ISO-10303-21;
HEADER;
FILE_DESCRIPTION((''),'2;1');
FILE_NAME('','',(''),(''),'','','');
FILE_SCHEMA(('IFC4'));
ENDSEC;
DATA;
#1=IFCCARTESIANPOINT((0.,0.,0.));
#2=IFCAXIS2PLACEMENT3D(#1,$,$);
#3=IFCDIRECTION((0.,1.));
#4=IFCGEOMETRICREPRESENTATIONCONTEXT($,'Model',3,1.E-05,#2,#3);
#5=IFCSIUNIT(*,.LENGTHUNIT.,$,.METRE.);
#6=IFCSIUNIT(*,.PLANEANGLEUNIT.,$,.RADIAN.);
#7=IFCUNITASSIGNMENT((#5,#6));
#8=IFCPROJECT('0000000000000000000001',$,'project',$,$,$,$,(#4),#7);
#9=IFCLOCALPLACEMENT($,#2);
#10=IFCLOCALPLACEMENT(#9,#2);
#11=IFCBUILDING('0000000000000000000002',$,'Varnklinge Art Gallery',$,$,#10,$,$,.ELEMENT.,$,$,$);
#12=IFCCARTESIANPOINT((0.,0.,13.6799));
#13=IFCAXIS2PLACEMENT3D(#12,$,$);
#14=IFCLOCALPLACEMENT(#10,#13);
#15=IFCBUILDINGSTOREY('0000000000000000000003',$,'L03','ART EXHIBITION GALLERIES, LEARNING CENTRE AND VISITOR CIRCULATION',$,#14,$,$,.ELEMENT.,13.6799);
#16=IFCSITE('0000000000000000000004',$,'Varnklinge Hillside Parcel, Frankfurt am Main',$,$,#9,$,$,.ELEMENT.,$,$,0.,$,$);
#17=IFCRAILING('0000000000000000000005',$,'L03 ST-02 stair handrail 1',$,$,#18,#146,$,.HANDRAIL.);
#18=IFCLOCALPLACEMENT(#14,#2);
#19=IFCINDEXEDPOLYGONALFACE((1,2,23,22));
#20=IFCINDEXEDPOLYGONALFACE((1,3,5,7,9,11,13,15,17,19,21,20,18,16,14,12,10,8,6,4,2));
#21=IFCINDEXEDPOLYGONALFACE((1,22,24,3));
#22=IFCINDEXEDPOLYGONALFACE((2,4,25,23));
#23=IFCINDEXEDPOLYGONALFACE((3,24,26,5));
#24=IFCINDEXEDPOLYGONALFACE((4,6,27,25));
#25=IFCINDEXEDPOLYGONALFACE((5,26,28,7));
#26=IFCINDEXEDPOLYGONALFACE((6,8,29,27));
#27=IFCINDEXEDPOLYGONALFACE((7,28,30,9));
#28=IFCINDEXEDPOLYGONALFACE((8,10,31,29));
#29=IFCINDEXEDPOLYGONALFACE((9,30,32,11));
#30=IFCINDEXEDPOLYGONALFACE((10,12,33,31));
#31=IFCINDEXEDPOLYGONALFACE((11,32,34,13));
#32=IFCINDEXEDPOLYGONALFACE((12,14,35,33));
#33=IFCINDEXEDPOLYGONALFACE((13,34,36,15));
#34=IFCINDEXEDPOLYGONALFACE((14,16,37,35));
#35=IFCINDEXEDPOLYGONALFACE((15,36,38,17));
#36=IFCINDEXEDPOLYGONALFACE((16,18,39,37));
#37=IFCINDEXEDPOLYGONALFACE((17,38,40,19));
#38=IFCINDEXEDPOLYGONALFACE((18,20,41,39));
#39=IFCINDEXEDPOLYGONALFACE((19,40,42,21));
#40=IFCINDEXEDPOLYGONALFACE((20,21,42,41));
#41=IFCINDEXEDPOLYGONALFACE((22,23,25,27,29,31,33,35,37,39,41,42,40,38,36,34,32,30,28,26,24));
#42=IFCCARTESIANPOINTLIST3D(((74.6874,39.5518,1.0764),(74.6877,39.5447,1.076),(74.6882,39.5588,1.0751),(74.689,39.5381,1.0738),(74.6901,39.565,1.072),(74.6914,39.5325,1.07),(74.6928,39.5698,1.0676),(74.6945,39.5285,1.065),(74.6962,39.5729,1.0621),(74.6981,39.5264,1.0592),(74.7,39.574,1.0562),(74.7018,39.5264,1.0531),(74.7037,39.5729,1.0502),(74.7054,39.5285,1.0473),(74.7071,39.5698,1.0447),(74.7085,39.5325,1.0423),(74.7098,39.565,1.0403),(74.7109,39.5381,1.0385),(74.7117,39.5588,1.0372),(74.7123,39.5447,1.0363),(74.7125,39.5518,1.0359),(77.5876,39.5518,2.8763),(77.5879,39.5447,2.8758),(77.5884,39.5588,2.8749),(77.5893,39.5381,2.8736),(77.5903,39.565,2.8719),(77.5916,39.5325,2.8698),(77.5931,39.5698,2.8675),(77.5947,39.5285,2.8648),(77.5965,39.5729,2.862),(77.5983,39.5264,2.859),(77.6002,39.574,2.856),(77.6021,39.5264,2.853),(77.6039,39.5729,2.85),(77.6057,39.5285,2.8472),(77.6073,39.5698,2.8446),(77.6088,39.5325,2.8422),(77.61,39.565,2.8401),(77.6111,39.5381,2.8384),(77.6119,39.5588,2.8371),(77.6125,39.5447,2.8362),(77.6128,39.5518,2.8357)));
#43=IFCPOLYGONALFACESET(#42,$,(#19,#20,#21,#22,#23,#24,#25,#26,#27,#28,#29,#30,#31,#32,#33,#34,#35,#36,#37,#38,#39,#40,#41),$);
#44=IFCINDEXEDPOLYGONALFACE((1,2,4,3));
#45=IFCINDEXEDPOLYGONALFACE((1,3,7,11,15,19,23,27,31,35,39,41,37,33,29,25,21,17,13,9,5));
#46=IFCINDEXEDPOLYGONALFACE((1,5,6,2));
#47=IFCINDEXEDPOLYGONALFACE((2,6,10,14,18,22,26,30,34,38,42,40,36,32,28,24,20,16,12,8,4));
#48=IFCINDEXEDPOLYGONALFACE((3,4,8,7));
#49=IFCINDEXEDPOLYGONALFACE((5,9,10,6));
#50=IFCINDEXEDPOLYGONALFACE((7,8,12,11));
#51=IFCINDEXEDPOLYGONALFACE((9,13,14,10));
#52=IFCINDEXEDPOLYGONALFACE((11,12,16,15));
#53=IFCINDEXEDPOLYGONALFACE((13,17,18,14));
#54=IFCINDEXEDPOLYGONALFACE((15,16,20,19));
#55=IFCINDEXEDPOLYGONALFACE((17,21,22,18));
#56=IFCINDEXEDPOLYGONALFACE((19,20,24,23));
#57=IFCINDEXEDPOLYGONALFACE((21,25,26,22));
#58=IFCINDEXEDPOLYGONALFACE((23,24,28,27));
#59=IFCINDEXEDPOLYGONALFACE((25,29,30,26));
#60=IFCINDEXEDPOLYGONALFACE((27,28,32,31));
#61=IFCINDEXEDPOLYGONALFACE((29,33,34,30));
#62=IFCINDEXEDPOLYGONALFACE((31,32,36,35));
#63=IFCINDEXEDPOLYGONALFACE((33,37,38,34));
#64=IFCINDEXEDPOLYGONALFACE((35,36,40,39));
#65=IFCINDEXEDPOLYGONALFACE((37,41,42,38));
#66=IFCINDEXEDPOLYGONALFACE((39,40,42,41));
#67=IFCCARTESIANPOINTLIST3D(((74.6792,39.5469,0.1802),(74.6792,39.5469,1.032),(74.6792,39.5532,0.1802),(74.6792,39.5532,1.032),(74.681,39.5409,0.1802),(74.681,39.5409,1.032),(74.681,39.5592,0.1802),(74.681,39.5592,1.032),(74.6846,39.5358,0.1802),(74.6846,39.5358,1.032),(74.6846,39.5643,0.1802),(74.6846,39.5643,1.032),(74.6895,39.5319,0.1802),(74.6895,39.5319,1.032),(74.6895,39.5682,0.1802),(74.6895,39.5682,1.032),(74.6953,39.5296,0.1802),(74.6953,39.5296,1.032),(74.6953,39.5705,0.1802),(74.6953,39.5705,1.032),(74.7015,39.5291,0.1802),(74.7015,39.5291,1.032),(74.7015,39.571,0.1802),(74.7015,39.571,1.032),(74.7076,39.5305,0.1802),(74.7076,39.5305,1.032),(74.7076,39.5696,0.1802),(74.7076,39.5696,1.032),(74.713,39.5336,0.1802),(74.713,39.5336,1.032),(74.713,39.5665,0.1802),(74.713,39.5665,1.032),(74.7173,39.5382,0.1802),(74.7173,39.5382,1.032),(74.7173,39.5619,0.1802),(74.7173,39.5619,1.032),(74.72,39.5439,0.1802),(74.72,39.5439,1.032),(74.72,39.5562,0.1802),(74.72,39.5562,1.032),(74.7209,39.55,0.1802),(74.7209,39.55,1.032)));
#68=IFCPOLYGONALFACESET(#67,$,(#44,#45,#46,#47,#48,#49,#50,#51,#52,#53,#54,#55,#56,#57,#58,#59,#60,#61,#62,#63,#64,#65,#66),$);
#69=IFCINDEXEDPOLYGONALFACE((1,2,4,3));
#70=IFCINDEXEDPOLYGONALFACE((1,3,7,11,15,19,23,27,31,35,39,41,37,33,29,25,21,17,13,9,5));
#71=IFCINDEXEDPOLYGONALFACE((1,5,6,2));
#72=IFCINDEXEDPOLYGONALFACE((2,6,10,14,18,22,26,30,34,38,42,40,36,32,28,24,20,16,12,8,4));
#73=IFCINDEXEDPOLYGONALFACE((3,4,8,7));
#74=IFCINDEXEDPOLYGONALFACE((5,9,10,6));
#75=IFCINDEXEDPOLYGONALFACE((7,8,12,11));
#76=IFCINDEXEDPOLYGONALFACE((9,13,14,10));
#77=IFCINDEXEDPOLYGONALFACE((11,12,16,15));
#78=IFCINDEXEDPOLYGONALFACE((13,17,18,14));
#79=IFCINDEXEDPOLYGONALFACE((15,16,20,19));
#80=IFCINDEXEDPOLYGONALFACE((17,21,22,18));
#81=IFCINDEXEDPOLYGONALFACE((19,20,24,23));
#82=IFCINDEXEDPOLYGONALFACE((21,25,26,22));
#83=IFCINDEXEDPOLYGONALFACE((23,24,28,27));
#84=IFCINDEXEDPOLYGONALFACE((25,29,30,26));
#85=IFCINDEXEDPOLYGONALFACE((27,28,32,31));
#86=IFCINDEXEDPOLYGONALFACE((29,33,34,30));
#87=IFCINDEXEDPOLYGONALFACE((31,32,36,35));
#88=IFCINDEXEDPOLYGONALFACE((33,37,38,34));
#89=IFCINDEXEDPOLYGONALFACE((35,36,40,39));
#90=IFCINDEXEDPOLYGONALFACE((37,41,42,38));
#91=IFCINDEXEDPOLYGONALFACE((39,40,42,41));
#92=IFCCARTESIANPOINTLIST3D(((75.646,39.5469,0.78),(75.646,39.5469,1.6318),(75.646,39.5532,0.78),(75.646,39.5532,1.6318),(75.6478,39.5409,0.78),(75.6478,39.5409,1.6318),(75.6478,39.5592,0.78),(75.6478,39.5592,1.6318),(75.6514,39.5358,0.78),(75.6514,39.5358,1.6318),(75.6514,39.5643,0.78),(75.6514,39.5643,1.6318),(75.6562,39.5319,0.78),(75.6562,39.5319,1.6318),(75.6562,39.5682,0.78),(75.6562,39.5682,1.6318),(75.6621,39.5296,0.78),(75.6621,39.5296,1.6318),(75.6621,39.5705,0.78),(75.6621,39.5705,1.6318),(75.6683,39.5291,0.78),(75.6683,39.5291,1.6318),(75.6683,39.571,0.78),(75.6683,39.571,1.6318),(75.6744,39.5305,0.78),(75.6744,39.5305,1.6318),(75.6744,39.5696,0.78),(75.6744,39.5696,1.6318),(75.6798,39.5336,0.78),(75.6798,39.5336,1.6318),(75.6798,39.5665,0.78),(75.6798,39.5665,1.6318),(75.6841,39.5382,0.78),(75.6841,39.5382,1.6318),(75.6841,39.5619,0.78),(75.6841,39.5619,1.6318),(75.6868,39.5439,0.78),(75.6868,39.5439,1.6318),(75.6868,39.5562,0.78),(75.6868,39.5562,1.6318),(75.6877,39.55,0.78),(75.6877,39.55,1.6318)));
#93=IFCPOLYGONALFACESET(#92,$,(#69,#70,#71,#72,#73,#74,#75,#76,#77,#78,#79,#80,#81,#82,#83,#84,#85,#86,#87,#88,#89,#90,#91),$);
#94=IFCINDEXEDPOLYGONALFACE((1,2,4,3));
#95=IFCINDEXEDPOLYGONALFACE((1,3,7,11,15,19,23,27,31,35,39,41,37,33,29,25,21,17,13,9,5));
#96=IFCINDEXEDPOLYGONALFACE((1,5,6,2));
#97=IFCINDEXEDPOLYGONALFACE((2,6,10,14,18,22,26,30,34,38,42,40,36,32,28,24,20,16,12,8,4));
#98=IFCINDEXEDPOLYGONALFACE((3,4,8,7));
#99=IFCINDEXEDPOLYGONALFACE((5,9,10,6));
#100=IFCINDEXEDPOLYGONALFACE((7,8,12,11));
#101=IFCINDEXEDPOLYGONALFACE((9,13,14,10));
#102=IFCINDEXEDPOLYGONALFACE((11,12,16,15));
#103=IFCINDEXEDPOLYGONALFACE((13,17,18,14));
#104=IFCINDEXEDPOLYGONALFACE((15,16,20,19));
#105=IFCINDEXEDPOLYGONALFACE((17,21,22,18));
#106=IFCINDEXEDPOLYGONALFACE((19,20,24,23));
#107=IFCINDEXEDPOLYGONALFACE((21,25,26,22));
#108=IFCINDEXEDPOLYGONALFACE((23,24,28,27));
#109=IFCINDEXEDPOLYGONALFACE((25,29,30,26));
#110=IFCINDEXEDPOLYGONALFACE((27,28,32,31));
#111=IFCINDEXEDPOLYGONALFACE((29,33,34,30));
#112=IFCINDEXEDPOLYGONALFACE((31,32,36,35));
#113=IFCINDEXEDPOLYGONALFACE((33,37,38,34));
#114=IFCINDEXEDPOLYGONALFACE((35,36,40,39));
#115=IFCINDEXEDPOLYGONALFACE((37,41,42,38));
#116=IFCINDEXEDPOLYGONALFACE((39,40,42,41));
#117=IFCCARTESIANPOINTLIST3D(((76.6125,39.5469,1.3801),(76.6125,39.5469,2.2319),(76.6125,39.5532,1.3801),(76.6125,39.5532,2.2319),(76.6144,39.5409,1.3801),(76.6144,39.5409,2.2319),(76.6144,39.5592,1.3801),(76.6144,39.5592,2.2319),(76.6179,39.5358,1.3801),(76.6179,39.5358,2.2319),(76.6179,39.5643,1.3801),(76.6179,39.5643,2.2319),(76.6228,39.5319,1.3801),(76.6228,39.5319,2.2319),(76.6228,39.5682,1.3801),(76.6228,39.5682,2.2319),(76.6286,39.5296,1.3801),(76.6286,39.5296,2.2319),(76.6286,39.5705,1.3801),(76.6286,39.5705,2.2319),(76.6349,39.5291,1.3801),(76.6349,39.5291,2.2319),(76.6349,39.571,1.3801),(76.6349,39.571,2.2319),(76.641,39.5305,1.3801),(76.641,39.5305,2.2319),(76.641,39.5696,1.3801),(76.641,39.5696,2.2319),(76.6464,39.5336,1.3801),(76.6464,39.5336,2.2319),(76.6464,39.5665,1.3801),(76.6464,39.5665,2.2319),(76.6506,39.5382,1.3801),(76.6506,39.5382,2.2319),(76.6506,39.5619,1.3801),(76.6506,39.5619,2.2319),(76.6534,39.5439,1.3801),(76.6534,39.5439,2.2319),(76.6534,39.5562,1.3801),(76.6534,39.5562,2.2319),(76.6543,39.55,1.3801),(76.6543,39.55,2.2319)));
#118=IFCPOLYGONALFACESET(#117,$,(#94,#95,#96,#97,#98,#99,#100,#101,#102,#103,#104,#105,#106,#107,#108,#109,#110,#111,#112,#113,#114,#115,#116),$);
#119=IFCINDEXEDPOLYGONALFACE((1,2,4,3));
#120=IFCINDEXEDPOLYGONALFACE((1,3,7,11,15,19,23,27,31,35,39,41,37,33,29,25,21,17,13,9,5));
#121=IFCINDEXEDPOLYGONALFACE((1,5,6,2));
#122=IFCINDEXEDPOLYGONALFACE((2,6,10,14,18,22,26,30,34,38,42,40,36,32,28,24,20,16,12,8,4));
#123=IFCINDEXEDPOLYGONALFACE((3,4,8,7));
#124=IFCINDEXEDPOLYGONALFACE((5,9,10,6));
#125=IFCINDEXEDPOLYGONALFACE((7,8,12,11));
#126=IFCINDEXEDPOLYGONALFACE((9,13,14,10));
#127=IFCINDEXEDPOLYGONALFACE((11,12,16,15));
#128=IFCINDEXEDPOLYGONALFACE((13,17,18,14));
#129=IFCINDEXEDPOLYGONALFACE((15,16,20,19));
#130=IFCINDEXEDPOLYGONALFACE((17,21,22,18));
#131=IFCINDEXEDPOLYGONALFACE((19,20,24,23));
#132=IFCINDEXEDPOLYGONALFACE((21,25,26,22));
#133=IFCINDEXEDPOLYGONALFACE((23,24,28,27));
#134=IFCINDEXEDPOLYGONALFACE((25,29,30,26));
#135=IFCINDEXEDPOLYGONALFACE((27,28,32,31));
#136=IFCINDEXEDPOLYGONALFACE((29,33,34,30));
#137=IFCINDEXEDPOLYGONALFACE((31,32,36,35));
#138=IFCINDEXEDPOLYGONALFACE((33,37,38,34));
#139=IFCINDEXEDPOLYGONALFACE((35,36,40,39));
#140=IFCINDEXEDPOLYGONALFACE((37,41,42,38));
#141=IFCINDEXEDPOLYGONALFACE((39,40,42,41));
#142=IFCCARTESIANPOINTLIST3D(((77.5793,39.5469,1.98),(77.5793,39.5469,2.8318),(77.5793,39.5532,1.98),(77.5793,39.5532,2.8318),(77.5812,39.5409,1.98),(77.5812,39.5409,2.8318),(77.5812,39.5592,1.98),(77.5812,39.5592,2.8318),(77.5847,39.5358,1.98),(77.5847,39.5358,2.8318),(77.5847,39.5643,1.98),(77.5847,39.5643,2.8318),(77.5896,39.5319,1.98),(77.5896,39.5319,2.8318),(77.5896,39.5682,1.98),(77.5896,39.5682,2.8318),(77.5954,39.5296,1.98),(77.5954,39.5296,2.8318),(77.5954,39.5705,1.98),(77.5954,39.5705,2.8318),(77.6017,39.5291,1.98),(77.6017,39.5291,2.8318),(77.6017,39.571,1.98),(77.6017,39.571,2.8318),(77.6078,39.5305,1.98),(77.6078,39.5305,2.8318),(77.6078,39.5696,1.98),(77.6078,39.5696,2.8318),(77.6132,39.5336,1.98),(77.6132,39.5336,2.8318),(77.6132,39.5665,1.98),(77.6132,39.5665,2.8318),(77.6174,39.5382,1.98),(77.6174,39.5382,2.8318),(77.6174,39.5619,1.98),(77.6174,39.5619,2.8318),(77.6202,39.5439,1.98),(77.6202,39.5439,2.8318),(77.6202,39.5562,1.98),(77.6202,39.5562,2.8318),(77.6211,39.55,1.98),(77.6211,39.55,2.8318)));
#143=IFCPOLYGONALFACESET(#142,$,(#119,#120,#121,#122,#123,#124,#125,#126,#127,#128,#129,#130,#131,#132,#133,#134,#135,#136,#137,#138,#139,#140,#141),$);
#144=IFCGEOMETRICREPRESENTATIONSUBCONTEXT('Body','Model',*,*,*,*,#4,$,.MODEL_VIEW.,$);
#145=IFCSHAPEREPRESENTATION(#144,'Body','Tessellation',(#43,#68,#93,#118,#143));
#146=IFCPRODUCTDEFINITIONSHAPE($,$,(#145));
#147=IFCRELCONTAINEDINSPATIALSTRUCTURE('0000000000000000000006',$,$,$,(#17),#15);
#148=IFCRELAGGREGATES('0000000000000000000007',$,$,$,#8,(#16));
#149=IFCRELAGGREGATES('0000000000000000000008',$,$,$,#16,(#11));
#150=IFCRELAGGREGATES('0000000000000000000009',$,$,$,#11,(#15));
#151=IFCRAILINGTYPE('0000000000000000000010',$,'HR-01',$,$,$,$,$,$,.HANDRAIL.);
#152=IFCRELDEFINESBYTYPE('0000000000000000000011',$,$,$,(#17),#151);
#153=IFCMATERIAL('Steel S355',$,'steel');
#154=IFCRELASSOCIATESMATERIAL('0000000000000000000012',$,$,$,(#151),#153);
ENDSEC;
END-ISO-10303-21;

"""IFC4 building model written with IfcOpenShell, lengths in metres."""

from ifc_helpers import new_model, si_unit, direction, frame, origin, origin_2d, place, context, subcontext, project, spatial, circle, extrude, material, type_object, element, save


model = new_model("IFC4")

# Units and contexts
model_context = context("Model", 3, precision=1e-05, world=origin(), true_north=direction((0.0, 1.0)))
body_context = subcontext(model_context, "Body", "Model", "MODEL_VIEW")
ifc_project = project(units=[si_unit("LENGTHUNIT", "METRE"), si_unit("PLANEANGLEUNIT", "RADIAN")], contexts=[model_context])

# Site, building, storey
site_placement = place(None, origin())
site = spatial("IfcSite", under=ifc_project, at=site_placement, Name="Varnklinge Hillside Parcel, Frankfurt am Main", CompositionType="ELEMENT", RefElevation=0.0)
building_placement = place(site_placement, origin())
building = spatial("IfcBuilding", under=site, at=building_placement, Name="Varnklinge Art Gallery", CompositionType="ELEMENT")
storey_placement = place(building_placement, frame((0.0, 0.0, 13.6799)))
storey = spatial("IfcBuildingStorey", under=building, at=storey_placement, Name="L03", Description="ART EXHIBITION GALLERIES, LEARNING CENTRE AND VISITOR CIRCULATION", CompositionType="ELEMENT", Elevation=13.6799)

# Railing
ifc_material_1 = material(Name="Steel S355", Category="steel")
railing_type_1 = type_object("IfcRailingType", Name="HR-01", PredefinedType="HANDRAIL", material=ifc_material_1)
railing_1_placement = place(storey_placement, frame((74.7, 39.55, 0.1802)))
element("IfcRailing", 1, at=railing_1_placement, inside=storey, type_object=railing_type_1, Name="L03 ST-02 stair handrail 1", PredefinedType="HANDRAIL", context=body_context, shape_type="SweptSolid", body=[
    extrude(circle(Radius=0.0239, at=origin_2d()), frame((0.0, 0.0, 0.876), z_axis=(0.849678, 0.0, 0.527302), x_axis=(0.0, 1.0, 0.0)), (0.0, 0.0, 1.0), 3.4133),
    extrude(circle(Radius=0.021, at=origin_2d()), origin(), (0.0, 0.0, 1.0), 0.8518),
    extrude(circle(Radius=0.021, at=origin_2d()), frame((0.9668, 0.0, 0.5999)), (0.0, 0.0, 1.0), 0.8518),
    extrude(circle(Radius=0.021, at=origin_2d()), frame((1.9333, 0.0, 1.2)), (0.0, 0.0, 1.0), 0.8518),
    extrude(circle(Radius=0.021, at=origin_2d()), frame((2.9001, 0.0, 1.7998)), (0.0, 0.0, 1.0), 0.8518),
])

save(model, "model.ifc")
